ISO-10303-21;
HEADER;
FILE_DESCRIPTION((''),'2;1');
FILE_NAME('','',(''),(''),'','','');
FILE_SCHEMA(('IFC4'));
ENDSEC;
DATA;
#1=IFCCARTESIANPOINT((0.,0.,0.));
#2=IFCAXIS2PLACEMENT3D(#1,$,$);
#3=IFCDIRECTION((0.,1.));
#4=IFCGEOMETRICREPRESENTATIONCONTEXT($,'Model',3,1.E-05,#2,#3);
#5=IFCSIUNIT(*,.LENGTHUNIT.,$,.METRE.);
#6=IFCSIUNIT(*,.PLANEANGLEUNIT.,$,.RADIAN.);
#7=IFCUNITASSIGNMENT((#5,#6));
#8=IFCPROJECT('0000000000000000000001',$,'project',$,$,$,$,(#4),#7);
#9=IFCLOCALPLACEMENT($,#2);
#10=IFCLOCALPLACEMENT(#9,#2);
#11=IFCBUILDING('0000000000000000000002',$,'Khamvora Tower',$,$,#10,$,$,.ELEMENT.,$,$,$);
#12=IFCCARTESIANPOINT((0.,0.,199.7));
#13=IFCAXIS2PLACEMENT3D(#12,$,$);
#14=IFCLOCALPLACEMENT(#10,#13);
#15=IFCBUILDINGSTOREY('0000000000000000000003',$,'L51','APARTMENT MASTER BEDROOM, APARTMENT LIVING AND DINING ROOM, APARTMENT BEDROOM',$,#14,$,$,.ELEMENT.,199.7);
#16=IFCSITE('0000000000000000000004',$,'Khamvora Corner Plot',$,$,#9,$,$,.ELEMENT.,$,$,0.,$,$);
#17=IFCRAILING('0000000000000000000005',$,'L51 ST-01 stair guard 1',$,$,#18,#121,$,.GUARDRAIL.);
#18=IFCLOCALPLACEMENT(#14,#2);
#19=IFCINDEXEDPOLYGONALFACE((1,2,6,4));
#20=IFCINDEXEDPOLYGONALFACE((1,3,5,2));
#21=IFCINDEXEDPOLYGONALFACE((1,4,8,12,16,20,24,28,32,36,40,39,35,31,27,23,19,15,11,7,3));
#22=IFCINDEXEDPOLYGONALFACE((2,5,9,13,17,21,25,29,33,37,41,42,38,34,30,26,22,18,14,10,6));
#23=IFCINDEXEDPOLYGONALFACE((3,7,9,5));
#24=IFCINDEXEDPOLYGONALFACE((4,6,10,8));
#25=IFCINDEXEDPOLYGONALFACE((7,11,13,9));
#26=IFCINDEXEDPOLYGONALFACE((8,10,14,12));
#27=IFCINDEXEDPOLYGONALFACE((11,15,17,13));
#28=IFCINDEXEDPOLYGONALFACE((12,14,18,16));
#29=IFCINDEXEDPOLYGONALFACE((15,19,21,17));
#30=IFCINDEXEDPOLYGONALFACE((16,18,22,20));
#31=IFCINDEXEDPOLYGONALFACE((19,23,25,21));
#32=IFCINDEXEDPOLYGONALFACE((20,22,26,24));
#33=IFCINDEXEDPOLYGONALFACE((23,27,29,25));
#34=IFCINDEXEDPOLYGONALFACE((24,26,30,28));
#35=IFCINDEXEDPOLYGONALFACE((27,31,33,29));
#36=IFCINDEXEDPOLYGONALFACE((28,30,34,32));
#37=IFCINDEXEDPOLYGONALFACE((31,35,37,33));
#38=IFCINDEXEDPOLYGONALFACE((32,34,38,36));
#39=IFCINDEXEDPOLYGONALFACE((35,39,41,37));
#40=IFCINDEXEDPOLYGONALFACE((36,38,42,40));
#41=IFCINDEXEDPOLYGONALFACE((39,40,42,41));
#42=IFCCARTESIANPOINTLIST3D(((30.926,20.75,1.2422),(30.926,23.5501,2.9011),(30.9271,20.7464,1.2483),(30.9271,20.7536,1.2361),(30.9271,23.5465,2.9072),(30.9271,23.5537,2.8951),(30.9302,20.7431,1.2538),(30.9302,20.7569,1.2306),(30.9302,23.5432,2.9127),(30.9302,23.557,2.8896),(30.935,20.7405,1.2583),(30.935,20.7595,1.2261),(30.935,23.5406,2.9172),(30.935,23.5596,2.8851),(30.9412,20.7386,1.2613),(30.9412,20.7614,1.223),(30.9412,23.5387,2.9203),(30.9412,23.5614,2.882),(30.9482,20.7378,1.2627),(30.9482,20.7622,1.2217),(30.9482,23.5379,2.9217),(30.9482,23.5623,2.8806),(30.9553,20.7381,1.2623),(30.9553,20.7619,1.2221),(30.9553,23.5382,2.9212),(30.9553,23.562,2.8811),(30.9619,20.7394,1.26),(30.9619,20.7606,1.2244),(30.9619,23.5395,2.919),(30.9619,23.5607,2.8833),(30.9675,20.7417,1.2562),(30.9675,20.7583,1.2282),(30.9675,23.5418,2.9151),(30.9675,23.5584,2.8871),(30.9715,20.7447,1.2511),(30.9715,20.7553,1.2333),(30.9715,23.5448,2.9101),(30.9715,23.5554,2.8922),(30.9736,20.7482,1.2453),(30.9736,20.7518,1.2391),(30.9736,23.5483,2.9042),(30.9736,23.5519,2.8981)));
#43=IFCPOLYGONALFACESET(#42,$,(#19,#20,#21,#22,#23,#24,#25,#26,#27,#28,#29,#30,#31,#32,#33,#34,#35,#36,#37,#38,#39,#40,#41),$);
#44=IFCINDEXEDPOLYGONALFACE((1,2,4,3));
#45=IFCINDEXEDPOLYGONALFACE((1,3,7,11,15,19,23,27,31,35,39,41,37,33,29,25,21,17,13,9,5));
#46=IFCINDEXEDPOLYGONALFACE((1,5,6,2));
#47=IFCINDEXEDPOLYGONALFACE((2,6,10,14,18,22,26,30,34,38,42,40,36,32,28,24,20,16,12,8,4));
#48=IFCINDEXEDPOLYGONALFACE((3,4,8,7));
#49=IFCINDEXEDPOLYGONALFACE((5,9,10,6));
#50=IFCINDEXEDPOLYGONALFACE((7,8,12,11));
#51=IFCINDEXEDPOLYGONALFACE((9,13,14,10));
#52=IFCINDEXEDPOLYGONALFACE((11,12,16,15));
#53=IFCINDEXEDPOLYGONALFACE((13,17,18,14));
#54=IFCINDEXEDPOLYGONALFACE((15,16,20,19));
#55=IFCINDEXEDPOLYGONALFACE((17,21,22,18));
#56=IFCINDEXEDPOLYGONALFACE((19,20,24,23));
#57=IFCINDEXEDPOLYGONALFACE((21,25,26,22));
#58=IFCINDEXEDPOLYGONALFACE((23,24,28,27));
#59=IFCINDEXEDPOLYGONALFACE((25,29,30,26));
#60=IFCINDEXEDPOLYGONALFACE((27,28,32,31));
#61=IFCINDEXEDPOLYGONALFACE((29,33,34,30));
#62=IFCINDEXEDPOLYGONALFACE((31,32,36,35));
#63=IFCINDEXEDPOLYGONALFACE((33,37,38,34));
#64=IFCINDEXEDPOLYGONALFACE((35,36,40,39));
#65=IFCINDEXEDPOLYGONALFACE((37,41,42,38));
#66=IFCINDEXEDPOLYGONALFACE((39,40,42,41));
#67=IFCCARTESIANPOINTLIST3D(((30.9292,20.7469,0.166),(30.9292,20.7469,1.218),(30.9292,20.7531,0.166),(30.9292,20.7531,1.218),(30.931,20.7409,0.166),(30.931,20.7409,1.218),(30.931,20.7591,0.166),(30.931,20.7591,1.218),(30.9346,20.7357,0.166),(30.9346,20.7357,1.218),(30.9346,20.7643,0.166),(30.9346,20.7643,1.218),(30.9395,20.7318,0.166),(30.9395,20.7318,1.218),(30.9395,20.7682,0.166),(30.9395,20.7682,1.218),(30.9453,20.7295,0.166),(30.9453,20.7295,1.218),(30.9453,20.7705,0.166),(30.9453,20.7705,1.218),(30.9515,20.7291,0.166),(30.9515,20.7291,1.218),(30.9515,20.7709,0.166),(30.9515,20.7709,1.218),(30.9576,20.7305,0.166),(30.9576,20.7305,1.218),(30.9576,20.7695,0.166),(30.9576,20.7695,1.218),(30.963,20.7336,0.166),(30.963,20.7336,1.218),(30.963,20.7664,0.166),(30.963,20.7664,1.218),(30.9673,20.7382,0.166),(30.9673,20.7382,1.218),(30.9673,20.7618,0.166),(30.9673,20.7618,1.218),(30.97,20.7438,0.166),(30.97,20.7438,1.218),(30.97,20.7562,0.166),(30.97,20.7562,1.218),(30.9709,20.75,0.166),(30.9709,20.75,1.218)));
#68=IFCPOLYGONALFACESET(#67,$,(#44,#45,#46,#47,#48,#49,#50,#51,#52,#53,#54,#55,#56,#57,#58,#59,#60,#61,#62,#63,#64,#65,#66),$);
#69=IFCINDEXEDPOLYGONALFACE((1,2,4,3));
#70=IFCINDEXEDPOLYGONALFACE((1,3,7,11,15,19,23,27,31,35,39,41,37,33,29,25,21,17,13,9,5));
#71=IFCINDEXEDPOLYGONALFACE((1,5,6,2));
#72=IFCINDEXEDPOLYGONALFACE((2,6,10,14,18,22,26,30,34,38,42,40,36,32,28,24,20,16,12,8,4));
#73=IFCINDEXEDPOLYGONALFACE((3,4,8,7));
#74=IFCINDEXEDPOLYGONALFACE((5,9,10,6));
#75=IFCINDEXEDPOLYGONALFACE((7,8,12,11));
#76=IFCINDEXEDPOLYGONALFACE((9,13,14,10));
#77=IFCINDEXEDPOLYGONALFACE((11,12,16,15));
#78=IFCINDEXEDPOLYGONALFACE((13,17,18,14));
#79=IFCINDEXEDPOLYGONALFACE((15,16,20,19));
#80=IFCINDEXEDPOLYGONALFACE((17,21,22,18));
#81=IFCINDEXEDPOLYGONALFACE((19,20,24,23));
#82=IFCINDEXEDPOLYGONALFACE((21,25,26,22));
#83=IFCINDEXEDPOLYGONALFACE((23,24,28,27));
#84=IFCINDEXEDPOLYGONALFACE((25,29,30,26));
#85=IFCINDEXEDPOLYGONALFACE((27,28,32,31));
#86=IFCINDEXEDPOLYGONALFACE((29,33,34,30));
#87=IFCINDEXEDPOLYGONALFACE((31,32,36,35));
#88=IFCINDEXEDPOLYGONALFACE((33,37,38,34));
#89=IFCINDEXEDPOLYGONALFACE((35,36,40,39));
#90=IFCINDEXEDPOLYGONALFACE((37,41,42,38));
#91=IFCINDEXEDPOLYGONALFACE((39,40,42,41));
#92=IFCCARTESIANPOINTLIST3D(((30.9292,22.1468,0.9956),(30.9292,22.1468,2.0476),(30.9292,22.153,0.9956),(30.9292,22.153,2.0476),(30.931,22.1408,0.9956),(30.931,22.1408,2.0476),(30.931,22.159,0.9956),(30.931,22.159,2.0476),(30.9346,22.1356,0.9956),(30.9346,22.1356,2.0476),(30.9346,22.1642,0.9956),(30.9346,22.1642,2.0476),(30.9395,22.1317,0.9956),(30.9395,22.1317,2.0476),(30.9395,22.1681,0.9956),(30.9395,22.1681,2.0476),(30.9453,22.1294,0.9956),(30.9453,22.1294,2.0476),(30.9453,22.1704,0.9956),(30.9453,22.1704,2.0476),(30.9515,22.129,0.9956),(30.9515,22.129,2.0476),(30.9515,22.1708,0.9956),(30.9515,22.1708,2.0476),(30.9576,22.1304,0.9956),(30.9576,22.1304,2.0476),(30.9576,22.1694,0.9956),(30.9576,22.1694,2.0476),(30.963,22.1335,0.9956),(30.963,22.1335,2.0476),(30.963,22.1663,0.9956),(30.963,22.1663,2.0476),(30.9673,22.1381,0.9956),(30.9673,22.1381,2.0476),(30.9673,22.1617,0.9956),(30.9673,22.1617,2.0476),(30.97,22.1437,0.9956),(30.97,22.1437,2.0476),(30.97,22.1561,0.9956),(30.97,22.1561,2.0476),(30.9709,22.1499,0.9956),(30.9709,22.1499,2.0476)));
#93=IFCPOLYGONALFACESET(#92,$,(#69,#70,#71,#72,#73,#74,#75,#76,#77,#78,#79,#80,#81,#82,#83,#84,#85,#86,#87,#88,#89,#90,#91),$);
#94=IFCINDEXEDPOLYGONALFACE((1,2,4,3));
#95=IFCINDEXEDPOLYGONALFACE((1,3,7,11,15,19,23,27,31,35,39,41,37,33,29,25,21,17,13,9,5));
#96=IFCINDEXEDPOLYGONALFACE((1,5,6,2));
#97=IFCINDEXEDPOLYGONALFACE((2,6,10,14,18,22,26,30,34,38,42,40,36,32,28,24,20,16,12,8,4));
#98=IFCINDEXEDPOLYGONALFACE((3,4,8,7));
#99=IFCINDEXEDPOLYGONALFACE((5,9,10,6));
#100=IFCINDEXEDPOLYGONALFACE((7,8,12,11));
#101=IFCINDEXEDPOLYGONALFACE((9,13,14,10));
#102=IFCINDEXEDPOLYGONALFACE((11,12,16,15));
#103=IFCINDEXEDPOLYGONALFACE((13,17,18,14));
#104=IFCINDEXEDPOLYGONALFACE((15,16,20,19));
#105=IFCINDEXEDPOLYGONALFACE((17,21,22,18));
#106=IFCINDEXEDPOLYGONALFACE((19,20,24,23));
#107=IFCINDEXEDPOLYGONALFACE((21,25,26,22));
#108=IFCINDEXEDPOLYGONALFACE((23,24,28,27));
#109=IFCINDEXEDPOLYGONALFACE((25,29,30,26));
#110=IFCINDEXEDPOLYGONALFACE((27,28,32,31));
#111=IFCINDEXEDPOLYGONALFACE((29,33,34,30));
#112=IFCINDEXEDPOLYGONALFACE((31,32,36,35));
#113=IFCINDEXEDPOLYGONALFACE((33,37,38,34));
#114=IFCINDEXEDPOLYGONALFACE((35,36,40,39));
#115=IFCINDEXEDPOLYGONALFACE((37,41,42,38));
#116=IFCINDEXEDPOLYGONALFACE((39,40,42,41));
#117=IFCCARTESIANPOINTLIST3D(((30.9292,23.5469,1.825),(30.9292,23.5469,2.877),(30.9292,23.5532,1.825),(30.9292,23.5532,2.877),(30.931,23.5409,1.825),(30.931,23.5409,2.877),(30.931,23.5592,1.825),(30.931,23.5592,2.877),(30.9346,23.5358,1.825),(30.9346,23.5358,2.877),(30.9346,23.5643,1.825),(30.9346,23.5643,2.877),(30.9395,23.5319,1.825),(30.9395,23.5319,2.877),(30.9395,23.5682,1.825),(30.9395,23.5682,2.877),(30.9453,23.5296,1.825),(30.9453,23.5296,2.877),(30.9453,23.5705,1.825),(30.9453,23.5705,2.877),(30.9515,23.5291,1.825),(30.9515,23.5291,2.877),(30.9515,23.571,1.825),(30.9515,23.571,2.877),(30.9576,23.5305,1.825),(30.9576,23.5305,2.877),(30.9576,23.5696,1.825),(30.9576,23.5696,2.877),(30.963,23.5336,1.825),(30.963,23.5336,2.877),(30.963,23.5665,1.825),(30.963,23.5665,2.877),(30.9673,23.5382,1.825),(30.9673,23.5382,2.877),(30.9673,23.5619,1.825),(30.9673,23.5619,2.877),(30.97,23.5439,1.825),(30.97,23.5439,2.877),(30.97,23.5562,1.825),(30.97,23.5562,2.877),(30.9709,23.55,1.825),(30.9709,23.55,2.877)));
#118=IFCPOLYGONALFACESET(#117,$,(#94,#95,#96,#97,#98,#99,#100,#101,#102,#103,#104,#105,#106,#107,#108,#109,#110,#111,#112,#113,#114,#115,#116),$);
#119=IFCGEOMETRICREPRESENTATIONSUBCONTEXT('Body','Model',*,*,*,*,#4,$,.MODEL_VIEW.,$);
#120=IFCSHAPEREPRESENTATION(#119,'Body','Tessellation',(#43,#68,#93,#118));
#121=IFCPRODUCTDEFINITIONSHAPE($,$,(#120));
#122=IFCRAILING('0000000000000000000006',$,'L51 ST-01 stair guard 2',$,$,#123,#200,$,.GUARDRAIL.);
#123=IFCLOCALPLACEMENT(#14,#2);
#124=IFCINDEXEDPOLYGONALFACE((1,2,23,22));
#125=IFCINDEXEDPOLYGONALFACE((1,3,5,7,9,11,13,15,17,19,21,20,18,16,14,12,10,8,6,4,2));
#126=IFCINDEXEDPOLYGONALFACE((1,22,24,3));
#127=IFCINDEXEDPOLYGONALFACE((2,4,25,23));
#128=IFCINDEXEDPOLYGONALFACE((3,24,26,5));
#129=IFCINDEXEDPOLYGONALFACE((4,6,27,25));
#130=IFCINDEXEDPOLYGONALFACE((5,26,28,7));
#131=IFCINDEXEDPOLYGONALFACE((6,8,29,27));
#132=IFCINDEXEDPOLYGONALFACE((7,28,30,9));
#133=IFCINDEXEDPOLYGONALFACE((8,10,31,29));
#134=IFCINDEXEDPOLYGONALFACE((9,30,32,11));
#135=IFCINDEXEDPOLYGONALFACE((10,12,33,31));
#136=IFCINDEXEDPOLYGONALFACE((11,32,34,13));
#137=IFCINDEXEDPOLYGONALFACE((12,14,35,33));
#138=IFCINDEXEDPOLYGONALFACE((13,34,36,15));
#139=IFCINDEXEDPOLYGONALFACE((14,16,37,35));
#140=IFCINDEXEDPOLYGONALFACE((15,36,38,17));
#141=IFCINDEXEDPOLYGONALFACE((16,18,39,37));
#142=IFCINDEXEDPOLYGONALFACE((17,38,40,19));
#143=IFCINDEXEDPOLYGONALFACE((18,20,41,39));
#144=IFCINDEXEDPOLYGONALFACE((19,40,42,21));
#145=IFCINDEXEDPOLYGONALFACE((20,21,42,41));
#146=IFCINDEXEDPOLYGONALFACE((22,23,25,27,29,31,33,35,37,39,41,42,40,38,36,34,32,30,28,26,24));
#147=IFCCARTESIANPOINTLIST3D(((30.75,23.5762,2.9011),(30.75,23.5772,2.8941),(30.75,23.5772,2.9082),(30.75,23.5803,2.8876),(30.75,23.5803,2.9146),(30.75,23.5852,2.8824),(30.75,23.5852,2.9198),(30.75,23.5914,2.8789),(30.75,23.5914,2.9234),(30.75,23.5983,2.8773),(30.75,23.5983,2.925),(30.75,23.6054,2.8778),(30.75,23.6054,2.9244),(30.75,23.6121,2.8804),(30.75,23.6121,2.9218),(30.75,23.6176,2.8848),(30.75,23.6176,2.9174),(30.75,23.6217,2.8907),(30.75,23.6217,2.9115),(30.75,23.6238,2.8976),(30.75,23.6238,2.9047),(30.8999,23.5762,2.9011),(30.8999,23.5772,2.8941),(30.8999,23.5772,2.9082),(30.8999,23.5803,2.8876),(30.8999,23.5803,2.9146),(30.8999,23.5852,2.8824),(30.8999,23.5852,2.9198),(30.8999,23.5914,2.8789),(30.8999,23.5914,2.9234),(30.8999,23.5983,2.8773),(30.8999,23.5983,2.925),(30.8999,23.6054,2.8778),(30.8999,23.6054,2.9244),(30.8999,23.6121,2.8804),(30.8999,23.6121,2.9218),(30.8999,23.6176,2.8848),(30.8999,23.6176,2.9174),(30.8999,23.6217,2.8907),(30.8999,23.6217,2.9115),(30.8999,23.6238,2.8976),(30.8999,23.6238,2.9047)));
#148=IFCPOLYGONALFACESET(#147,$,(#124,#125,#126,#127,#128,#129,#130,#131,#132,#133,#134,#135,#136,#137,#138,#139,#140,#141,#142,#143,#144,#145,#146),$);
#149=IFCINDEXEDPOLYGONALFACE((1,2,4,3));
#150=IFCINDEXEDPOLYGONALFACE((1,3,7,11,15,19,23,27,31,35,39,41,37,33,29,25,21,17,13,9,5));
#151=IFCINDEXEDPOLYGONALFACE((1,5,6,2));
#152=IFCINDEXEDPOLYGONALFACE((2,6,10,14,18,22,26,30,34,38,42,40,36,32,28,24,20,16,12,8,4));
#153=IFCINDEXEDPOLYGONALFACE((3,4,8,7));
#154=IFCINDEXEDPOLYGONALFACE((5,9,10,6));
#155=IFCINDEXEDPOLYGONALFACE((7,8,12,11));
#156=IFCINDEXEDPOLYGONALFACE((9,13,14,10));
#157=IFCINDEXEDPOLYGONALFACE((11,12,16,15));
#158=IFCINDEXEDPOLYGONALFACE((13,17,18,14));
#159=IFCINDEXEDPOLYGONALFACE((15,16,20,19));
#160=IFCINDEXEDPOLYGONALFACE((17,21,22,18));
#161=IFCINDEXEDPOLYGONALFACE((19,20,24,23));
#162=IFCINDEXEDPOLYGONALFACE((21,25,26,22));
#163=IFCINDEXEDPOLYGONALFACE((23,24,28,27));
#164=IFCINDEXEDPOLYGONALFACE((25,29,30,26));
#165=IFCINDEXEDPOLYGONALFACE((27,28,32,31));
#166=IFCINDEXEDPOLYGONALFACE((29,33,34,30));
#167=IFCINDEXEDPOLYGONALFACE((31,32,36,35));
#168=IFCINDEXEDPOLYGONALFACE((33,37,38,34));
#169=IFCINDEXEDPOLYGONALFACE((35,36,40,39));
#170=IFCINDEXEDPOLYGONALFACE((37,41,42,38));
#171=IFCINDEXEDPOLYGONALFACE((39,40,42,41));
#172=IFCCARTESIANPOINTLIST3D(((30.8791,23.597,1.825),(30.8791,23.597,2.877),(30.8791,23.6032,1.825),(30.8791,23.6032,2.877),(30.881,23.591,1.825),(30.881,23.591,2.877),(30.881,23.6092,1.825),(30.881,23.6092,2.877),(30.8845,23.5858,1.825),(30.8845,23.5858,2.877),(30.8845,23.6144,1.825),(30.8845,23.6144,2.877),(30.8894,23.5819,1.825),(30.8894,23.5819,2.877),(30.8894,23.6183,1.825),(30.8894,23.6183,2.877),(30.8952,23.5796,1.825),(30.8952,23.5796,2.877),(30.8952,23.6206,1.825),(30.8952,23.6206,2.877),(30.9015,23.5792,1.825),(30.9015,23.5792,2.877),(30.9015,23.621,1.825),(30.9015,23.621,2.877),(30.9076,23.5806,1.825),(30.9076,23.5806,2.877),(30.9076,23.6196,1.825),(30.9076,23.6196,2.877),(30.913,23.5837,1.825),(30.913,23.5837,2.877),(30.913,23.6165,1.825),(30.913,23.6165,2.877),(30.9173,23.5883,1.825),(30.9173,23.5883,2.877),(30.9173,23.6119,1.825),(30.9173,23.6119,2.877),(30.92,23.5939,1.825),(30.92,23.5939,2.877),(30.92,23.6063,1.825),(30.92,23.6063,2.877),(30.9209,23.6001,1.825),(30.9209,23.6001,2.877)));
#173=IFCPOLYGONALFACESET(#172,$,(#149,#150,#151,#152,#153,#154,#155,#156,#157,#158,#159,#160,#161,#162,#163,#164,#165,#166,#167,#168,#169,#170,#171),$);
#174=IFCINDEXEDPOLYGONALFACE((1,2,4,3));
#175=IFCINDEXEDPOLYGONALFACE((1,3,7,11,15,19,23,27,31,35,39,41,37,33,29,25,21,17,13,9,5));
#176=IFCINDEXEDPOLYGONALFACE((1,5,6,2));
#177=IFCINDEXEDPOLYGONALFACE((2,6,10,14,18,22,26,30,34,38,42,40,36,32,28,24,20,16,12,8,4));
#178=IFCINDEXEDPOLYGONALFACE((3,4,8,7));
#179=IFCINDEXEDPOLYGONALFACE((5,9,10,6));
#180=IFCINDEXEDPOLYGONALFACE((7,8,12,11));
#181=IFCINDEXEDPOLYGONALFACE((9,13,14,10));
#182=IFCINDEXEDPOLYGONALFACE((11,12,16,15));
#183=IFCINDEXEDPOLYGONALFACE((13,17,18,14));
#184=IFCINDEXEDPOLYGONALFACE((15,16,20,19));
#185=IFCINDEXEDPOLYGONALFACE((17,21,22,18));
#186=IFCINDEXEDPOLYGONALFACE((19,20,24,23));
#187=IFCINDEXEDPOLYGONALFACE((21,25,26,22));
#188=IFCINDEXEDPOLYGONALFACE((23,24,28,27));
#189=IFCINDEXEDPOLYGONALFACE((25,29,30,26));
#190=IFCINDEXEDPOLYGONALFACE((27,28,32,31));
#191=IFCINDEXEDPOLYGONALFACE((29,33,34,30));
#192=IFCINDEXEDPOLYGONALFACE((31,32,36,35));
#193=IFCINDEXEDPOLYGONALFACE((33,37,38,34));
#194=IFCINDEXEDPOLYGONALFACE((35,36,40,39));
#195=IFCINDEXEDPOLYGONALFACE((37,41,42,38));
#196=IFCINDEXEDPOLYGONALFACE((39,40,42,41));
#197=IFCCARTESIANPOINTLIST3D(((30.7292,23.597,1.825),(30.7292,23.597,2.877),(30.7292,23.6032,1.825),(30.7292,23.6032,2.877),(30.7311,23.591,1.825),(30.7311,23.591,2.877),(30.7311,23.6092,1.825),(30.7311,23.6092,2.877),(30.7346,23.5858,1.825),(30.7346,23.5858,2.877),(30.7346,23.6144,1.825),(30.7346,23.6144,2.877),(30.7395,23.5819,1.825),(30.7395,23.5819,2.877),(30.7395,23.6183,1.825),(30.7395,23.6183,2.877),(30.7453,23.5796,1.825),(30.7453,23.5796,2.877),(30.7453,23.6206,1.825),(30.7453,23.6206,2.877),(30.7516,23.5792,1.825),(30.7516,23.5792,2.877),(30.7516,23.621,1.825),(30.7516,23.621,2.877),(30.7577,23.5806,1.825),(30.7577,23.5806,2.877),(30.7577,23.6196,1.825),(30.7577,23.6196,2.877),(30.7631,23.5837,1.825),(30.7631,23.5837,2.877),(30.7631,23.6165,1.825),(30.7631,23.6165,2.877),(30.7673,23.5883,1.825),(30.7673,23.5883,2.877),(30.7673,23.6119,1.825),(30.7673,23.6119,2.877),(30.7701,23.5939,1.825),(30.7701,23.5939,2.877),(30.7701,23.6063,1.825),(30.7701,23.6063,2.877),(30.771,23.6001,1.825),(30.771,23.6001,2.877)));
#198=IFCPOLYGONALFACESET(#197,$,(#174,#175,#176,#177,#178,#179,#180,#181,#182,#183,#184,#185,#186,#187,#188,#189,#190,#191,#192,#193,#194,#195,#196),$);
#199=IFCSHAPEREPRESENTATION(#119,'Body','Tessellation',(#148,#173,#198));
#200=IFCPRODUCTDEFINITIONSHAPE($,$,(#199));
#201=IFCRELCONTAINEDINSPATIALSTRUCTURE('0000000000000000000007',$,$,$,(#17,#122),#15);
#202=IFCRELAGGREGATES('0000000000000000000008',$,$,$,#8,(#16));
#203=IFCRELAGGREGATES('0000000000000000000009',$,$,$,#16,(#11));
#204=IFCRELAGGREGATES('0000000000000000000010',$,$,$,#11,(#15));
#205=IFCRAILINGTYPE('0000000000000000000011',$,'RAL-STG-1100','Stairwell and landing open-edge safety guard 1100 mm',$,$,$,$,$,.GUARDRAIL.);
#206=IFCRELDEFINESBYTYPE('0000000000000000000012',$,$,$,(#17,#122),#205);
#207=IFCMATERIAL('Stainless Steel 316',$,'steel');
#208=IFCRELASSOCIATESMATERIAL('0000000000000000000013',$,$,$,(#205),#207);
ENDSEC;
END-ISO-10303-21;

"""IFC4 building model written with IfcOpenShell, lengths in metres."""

from ifc_helpers import new_model, si_unit, direction, frame, origin, origin_2d, place, context, subcontext, project, spatial, circle, extrude, material, type_object, element, save


model = new_model("IFC4")

# Units and contexts
model_context = context("Model", 3, precision=1e-05, world=origin(), true_north=direction((0.0, 1.0)))
body_context = subcontext(model_context, "Body", "Model", "MODEL_VIEW")
ifc_project = project(units=[si_unit("LENGTHUNIT", "METRE"), si_unit("PLANEANGLEUNIT", "RADIAN")], contexts=[model_context])

# Site, building, storey
site_placement = place(None, origin())
site = spatial("IfcSite", under=ifc_project, at=site_placement, Name="Khamvora Corner Plot", CompositionType="ELEMENT", RefElevation=0.0)
building_placement = place(site_placement, origin())
building = spatial("IfcBuilding", under=site, at=building_placement, Name="Khamvora Tower", CompositionType="ELEMENT")
storey_placement = place(building_placement, frame((0.0, 0.0, 199.7)))
storey = spatial("IfcBuildingStorey", under=building, at=storey_placement, Name="L51", Description="APARTMENT MASTER BEDROOM, APARTMENT LIVING AND DINING ROOM, APARTMENT BEDROOM", CompositionType="ELEMENT", Elevation=199.7)

# Railings
ifc_material_1 = material(Name="Stainless Steel 316", Category="steel")
railing_type_1 = type_object("IfcRailingType", Name="RAL-STG-1100", Description="Stairwell and landing open-edge safety guard 1100 mm", PredefinedType="GUARDRAIL", material=ifc_material_1)
railing_1_placement = place(storey_placement, frame((30.95, 20.75, 0.166)))
element("IfcRailing", 1, at=railing_1_placement, inside=storey, type_object=railing_type_1, Name="L51 ST-01 stair guard 1", PredefinedType="GUARDRAIL", context=body_context, shape_type="SweptSolid", body=[
    extrude(circle(Radius=0.0239, at=origin_2d()), frame((0.0, 0.0, 1.0762), z_axis=(0.0, 0.860339, 0.509722), x_axis=(-1.0, 0.0, 0.0)), (0.0, 0.0, 1.0), 3.2546),
    extrude(circle(Radius=0.021, at=origin_2d()), origin(), (0.0, 0.0, 1.0), 1.052),
    extrude(circle(Radius=0.021, at=origin_2d()), frame((0.0, 1.3999, 0.8296)), (0.0, 0.0, 1.0), 1.052),
    extrude(circle(Radius=0.021, at=origin_2d()), frame((0.0, 2.8, 1.6589)), (0.0, 0.0, 1.0), 1.052),
])
railing_2_placement = place(storey_placement, frame((30.8999, 23.6001, 1.825)))
element("IfcRailing", 2, at=railing_2_placement, inside=storey, type_object=railing_type_1, Name="L51 ST-01 stair guard 2", PredefinedType="GUARDRAIL", context=body_context, shape_type="SweptSolid", body=[
    extrude(circle(Radius=0.0239, at=origin_2d()), frame((0.0, 0.0, 1.0762), z_axis=(-1.0, 0.0, 0.0), x_axis=(0.0, -1.0, 0.0)), (0.0, 0.0, 1.0), 0.1499),
    extrude(circle(Radius=0.021, at=origin_2d()), origin(), (0.0, 0.0, 1.0), 1.052),
    extrude(circle(Radius=0.021, at=origin_2d()), frame((-0.1499, 0.0, 0.0)), (0.0, 0.0, 1.0), 1.052),
])

save(model, "model.ifc")
